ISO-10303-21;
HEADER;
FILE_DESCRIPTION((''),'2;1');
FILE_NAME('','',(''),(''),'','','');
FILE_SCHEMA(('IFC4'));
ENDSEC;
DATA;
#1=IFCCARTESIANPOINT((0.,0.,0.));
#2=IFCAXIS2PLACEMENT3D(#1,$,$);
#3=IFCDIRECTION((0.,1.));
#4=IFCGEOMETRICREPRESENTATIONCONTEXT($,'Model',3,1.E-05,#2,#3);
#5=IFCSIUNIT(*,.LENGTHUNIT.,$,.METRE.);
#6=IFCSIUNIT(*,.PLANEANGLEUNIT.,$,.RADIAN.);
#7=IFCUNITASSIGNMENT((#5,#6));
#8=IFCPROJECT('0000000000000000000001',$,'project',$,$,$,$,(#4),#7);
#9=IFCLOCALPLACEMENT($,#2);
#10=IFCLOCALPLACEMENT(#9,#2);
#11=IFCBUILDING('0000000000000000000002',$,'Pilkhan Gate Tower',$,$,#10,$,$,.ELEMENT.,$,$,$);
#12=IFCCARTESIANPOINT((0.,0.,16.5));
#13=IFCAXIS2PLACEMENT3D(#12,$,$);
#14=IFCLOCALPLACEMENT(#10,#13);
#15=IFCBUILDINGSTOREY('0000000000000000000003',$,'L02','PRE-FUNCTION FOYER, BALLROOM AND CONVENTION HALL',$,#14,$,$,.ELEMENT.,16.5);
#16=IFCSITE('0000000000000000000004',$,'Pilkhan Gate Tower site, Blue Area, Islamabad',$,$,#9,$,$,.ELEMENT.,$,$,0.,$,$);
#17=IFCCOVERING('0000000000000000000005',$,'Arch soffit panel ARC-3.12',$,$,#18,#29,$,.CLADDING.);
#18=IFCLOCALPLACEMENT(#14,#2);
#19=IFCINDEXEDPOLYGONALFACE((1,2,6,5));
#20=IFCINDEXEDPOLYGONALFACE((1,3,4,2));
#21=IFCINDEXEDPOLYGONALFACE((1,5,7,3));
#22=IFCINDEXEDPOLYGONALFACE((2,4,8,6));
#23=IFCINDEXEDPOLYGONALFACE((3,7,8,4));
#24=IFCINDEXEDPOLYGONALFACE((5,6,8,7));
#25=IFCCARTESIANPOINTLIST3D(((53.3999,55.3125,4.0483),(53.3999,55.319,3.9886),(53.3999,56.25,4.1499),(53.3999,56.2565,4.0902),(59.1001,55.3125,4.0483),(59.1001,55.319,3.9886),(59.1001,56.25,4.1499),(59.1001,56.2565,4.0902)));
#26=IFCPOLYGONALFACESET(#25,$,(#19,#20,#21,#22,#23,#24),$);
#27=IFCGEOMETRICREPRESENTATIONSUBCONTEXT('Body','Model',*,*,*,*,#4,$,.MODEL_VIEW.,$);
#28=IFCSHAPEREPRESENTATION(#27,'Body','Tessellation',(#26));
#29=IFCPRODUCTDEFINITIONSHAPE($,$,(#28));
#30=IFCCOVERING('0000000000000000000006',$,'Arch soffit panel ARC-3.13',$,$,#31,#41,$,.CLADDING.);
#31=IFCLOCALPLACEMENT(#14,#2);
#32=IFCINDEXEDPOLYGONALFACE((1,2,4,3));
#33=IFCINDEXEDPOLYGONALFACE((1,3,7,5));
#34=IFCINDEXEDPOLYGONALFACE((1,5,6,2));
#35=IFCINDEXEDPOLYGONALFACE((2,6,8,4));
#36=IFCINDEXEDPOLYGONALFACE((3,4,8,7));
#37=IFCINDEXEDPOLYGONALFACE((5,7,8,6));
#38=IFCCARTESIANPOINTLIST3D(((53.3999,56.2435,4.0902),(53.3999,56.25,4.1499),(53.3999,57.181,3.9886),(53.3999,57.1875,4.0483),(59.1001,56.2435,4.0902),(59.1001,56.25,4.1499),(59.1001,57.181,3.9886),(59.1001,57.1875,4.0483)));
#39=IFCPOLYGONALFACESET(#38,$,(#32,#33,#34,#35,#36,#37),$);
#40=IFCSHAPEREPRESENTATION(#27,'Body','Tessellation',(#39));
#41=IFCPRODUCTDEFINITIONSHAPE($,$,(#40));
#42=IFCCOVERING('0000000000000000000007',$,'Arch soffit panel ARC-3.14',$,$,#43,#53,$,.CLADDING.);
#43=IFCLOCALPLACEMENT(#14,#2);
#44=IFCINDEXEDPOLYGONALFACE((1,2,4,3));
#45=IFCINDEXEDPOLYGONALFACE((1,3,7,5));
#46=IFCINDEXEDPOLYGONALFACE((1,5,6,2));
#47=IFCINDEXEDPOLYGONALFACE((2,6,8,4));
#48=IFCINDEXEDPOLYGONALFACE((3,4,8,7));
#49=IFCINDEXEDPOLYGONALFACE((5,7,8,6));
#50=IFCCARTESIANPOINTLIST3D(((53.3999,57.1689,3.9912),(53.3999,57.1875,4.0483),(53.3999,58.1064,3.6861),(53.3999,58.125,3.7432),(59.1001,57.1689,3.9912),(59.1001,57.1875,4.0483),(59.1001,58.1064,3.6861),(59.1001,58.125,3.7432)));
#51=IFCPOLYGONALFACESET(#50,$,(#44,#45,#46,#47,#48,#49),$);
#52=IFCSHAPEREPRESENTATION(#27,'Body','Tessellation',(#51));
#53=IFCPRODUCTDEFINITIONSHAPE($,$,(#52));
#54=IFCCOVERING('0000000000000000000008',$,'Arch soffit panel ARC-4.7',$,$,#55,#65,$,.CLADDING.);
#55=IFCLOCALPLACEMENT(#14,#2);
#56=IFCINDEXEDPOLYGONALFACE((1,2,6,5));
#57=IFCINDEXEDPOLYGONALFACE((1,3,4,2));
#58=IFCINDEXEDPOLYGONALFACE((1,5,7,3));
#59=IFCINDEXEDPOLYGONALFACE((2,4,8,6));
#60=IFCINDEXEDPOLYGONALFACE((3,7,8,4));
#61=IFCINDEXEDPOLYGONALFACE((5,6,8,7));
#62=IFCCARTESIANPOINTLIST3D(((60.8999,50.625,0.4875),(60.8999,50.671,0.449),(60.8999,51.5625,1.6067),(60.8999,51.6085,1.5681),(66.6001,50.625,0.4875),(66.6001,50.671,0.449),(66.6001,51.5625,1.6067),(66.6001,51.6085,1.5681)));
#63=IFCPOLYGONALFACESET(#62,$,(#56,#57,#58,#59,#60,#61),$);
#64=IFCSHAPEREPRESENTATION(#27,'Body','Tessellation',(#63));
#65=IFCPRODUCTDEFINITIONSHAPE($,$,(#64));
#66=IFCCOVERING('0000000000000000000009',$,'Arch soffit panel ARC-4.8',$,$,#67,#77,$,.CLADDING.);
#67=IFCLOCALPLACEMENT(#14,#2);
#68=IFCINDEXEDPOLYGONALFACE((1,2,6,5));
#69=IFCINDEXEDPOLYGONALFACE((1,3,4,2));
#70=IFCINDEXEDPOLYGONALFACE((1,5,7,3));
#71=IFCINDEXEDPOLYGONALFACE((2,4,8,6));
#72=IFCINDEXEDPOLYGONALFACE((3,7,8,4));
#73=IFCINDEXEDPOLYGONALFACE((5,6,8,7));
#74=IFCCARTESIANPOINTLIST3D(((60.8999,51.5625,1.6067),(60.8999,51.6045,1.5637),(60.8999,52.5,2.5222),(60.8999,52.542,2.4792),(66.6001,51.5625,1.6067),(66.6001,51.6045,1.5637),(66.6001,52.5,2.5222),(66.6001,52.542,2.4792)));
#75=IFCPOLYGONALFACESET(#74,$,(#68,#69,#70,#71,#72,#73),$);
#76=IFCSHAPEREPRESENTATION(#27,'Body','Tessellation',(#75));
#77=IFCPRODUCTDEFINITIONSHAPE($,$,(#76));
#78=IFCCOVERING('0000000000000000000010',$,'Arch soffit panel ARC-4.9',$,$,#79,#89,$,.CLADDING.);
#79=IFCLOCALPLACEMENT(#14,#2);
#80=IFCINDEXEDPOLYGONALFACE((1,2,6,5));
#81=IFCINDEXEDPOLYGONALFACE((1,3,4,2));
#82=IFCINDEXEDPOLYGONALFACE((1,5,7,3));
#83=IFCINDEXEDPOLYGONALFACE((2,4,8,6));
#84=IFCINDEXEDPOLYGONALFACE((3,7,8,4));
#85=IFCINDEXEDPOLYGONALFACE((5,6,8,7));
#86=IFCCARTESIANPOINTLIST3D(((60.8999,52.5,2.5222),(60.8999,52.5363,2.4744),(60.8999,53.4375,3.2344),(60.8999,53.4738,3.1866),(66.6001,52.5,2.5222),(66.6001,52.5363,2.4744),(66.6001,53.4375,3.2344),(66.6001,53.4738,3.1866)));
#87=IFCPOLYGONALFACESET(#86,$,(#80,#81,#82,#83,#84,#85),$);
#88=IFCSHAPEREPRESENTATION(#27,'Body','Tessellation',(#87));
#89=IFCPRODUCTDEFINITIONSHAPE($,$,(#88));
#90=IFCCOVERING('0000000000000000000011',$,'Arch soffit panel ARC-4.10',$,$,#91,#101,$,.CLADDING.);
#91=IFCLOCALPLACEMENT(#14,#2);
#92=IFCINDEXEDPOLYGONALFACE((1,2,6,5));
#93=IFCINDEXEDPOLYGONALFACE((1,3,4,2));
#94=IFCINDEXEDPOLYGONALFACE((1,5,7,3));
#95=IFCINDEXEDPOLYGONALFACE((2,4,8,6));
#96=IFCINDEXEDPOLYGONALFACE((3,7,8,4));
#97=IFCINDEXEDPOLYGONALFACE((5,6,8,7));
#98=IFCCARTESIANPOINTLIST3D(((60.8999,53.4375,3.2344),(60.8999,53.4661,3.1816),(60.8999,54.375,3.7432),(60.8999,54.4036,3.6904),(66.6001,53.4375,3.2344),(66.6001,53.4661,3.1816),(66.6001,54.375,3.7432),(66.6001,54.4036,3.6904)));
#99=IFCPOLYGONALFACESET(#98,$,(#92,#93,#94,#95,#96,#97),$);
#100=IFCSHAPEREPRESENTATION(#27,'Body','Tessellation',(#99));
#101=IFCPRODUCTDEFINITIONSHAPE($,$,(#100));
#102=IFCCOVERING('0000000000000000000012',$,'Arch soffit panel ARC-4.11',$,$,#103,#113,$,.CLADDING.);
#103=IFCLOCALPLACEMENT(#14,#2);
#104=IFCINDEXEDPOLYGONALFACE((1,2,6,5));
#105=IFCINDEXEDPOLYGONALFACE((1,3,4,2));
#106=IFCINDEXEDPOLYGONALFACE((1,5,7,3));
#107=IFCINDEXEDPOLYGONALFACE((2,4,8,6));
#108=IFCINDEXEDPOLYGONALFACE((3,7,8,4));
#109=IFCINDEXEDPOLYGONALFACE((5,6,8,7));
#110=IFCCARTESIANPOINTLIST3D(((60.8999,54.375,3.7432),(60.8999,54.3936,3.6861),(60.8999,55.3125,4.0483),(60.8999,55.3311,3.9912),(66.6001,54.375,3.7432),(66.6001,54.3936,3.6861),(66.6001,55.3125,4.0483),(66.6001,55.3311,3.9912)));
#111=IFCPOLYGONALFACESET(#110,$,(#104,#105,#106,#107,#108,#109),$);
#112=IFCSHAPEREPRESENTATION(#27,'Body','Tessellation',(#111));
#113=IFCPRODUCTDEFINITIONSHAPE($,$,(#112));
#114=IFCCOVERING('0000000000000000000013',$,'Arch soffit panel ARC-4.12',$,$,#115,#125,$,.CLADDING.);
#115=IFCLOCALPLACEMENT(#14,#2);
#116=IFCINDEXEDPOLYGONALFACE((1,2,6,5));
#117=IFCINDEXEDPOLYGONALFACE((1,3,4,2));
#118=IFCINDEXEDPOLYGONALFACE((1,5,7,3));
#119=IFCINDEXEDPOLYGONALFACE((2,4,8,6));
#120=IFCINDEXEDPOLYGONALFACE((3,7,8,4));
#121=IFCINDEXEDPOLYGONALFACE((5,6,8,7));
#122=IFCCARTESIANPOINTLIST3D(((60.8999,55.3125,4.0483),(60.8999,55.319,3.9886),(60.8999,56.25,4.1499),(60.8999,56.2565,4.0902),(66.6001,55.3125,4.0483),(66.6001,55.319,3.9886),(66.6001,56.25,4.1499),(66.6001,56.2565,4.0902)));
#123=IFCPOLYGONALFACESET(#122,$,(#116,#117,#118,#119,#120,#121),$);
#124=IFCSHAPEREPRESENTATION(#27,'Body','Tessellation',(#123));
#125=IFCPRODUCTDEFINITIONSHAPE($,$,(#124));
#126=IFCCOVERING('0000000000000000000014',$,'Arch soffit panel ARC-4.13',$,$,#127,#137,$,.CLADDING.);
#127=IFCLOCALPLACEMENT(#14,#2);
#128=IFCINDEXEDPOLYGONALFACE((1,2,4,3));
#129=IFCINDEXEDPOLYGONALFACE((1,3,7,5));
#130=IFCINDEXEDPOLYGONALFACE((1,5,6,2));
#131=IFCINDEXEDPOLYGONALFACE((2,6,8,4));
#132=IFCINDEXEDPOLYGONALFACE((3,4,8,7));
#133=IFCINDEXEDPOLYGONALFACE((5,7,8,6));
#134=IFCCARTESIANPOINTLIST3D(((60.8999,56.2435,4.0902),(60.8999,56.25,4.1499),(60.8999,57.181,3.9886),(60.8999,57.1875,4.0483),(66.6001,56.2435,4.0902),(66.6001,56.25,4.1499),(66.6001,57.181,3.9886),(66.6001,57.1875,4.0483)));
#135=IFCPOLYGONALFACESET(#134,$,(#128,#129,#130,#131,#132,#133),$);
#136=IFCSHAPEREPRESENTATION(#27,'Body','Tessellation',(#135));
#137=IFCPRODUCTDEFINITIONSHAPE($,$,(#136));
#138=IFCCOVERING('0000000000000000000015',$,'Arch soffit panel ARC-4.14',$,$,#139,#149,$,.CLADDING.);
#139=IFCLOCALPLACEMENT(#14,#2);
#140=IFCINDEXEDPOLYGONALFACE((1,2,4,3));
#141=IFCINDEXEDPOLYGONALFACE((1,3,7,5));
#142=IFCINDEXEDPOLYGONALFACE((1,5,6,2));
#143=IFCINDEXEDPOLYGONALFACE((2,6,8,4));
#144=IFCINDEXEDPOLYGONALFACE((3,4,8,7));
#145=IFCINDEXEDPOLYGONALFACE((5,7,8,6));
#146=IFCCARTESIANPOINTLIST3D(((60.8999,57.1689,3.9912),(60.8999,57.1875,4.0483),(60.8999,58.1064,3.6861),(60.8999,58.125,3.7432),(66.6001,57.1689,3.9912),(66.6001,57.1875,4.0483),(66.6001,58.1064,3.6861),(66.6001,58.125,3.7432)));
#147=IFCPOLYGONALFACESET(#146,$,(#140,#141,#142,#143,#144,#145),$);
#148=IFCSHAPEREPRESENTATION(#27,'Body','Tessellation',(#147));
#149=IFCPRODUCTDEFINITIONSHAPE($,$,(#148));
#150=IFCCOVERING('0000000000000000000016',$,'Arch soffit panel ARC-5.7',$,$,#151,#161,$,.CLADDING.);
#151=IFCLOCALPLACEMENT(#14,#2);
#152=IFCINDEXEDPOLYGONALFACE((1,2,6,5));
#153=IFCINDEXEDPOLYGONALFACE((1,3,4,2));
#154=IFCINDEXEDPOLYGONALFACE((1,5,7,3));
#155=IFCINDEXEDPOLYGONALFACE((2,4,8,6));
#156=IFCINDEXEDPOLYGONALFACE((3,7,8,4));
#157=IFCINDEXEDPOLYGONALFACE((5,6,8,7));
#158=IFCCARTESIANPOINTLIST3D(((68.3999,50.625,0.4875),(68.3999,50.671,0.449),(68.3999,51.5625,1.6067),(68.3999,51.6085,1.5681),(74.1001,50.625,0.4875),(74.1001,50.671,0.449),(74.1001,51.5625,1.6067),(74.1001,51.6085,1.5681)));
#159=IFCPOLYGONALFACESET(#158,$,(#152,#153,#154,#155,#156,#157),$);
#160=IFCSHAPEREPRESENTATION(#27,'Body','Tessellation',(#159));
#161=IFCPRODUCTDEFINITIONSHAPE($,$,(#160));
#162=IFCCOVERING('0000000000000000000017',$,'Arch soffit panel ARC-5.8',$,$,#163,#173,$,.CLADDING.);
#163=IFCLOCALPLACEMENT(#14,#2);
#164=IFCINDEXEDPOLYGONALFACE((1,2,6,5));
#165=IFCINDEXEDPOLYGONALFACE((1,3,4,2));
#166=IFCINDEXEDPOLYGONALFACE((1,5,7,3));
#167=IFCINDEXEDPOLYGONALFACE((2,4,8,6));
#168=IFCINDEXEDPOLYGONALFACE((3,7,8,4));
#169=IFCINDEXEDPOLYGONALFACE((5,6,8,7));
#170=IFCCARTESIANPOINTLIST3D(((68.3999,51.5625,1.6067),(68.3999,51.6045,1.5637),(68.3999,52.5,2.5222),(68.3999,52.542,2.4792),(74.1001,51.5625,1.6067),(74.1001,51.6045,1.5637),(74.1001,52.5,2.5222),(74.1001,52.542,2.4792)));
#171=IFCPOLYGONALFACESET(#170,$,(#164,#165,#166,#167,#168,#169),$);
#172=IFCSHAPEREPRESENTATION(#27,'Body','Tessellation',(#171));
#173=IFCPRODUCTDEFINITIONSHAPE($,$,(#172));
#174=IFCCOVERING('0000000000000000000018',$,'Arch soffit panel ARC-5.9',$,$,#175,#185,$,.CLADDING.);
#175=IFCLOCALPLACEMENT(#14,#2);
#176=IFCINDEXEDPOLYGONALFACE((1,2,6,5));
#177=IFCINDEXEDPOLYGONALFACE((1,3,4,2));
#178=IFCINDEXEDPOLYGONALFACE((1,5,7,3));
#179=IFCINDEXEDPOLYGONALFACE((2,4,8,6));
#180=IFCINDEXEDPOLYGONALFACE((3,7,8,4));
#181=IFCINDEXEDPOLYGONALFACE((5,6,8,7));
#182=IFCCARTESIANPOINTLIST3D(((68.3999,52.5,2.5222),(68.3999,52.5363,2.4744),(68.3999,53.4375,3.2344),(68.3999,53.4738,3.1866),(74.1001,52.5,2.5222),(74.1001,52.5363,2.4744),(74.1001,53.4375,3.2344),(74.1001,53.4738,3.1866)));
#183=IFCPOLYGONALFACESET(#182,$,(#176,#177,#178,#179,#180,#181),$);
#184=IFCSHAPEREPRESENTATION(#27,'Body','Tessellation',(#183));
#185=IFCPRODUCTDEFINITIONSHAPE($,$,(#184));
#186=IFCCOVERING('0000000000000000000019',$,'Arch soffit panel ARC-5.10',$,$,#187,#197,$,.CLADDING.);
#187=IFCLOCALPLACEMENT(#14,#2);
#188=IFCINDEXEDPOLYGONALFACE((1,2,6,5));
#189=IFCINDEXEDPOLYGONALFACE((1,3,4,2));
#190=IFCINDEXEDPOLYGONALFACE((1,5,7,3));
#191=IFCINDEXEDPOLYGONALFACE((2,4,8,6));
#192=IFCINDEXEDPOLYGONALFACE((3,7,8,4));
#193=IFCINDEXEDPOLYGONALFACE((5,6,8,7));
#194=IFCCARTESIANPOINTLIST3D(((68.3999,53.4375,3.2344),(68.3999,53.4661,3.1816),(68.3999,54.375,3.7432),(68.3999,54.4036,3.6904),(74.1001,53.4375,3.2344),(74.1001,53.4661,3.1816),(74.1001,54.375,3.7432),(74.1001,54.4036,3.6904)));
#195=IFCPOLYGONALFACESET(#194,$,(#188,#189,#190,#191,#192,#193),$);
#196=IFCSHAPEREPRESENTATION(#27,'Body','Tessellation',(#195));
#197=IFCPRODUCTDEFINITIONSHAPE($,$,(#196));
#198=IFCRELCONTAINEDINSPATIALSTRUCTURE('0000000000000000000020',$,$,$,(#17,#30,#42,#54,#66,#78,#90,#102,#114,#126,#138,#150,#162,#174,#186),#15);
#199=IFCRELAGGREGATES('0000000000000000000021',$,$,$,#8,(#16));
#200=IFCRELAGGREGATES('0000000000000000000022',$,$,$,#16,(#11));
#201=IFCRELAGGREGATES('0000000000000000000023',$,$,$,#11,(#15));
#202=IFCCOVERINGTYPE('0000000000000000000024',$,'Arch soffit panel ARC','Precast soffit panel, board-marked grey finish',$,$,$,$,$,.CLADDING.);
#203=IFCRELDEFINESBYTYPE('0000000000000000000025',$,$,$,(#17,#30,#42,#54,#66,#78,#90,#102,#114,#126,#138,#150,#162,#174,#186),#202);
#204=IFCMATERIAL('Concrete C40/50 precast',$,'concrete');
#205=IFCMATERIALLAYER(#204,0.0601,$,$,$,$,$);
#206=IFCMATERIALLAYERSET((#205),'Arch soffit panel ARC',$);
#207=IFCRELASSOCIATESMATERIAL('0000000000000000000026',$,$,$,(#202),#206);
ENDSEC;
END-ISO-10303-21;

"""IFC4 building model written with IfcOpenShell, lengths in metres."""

from ifc_helpers import new_model, si_unit, direction, frame, origin, place, context, subcontext, project, spatial, polyline, outline, extrude, material, layer, layer_set, type_object, element, save


model = new_model("IFC4")

# Units and contexts
model_context = context("Model", 3, precision=1e-05, world=origin(), true_north=direction((0.0, 1.0)))
body_context = subcontext(model_context, "Body", "Model", "MODEL_VIEW")
ifc_project = project(units=[si_unit("LENGTHUNIT", "METRE"), si_unit("PLANEANGLEUNIT", "RADIAN")], contexts=[model_context])

# Site, building, storey
site_placement = place(None, origin())
site = spatial("IfcSite", under=ifc_project, at=site_placement, Name="Pilkhan Gate Tower site, Blue Area, Islamabad", CompositionType="ELEMENT", RefElevation=0.0)
building_placement = place(site_placement, origin())
building = spatial("IfcBuilding", under=site, at=building_placement, Name="Pilkhan Gate Tower", CompositionType="ELEMENT")
storey_placement = place(building_placement, frame((0.0, 0.0, 16.5)))
storey = spatial("IfcBuildingStorey", under=building, at=storey_placement, Name="L02", Description="PRE-FUNCTION FOYER, BALLROOM AND CONVENTION HALL", CompositionType="ELEMENT", Elevation=16.5)

# Coverings
ifc_material = material(Name="Concrete C40/50 precast", Category="concrete")
ifc_layer = layer(ifc_material, 0.0601)
ifc_layer_set = layer_set([ifc_layer], Name="Arch soffit panel ARC")
covering_type = type_object("IfcCoveringType", Name="Arch soffit panel ARC", Description="Precast soffit panel, board-marked grey finish", PredefinedType="CLADDING", material=ifc_layer_set)
for number, where, z_axis, x_axis, name in (
    (1, (53.3999, 55.3125, 4.0483), (0.0, -0.107703, 0.994183), (1.0, 0.0, 0.0), "Arch soffit panel ARC-3.12"),
    (2, (53.3999, 56.25, 4.1499), (0.0, 0.107703, 0.994183), (1.0, 0.0, 0.0), "Arch soffit panel ARC-3.13"),
):
    element("IfcCovering", number, at=place(storey_placement, frame(where, z_axis=z_axis, x_axis=x_axis)), inside=storey, type_object=covering_type, Name=name, PredefinedType="CLADDING", context=body_context, shape_type="SweptSolid", body=[
        extrude(outline(polyline([(0.0, 0.0), (5.7002, 0.0), (5.7002, 0.943), (0.0, 0.943), (0.0, 0.0)])), origin(), (0.0, 0.0, -1.0), 0.0601),
    ])
covering_1_placement = place(storey_placement, frame((53.3999, 57.1875, 4.0483), z_axis=(0.0, 0.309534, 0.950888), x_axis=(1.0, 0.0, 0.0)))
element("IfcCovering", 3, at=covering_1_placement, inside=storey, type_object=covering_type, Name="Arch soffit panel ARC-3.14", PredefinedType="CLADDING", context=body_context, shape_type="SweptSolid", body=[
    extrude(outline(polyline([(0.0, 0.0), (5.7002, 0.0), (5.7002, 0.9859), (0.0, 0.9859), (0.0, 0.0)])), origin(), (0.0, 0.0, -1.0), 0.0601),
])
covering_2_placement = place(storey_placement, frame((60.8999, 50.625, 0.4875), z_axis=(0.0, -0.766574, 0.642156), x_axis=(1.0, 0.0, 0.0)))
element("IfcCovering", 4, at=covering_2_placement, inside=storey, type_object=covering_type, Name="Arch soffit panel ARC-4.7", PredefinedType="CLADDING", context=body_context, shape_type="SweptSolid", body=[
    extrude(outline(polyline([(0.0, 0.0), (5.7002, 0.0), (5.7002, 1.4599), (0.0, 1.4599), (0.0, 0.0)])), origin(), (0.0, 0.0, -1.0), 0.0601),
])
covering_3_placement = place(storey_placement, frame((60.8999, 51.5625, 1.6067), z_axis=(0.0, -0.698673, 0.715441), x_axis=(1.0, 0.0, 0.0)))
element("IfcCovering", 5, at=covering_3_placement, inside=storey, type_object=covering_type, Name="Arch soffit panel ARC-4.8", PredefinedType="CLADDING", context=body_context, shape_type="SweptSolid", body=[
    extrude(outline(polyline([(0.0, 0.0), (5.7002, 0.0), (5.7002, 1.3104), (0.0, 1.3104), (0.0, 0.0)])), origin(), (0.0, 0.0, -1.0), 0.0601),
])
covering_4_placement = place(storey_placement, frame((60.8999, 52.5, 2.5222), z_axis=(0.0, -0.604899, 0.796302), x_axis=(1.0, 0.0, 0.0)))
element("IfcCovering", 6, at=covering_4_placement, inside=storey, type_object=covering_type, Name="Arch soffit panel ARC-4.9", PredefinedType="CLADDING", context=body_context, shape_type="SweptSolid", body=[
    extrude(outline(polyline([(0.0, 0.0), (5.7002, 0.0), (5.7002, 1.1773), (0.0, 1.1773), (0.0, 0.0)])), origin(), (0.0, 0.0, -1.0), 0.0601),
])
covering_5_placement = place(storey_placement, frame((60.8999, 53.4375, 3.2344), z_axis=(0.0, -0.476991, 0.878908), x_axis=(1.0, 0.0, 0.0)))
element("IfcCovering", 7, at=covering_5_placement, inside=storey, type_object=covering_type, Name="Arch soffit panel ARC-4.10", PredefinedType="CLADDING", context=body_context, shape_type="SweptSolid", body=[
    extrude(outline(polyline([(0.0, 0.0), (5.7002, 0.0), (5.7002, 1.0667), (0.0, 1.0667), (0.0, 0.0)])), origin(), (0.0, 0.0, -1.0), 0.0601),
])
covering_6_placement = place(storey_placement, frame((60.8999, 54.375, 3.7432), z_axis=(0.0, -0.309534, 0.950888), x_axis=(1.0, 0.0, 0.0)))
element("IfcCovering", 8, at=covering_6_placement, inside=storey, type_object=covering_type, Name="Arch soffit panel ARC-4.11", PredefinedType="CLADDING", context=body_context, shape_type="SweptSolid", body=[
    extrude(outline(polyline([(0.0, 0.0), (5.7002, 0.0), (5.7002, 0.9859), (0.0, 0.9859), (0.0, 0.0)])), origin(), (0.0, 0.0, -1.0), 0.0601),
])
for number, where, z_axis, x_axis, name in (
    (9, (60.8999, 55.3125, 4.0483), (0.0, -0.107703, 0.994183), (1.0, 0.0, 0.0), "Arch soffit panel ARC-4.12"),
    (10, (60.8999, 56.25, 4.1499), (0.0, 0.107703, 0.994183), (1.0, 0.0, 0.0), "Arch soffit panel ARC-4.13"),
):
    element("IfcCovering", number, at=place(storey_placement, frame(where, z_axis=z_axis, x_axis=x_axis)), inside=storey, type_object=covering_type, Name=name, PredefinedType="CLADDING", context=body_context, shape_type="SweptSolid", body=[
        extrude(outline(polyline([(0.0, 0.0), (5.7002, 0.0), (5.7002, 0.943), (0.0, 0.943), (0.0, 0.0)])), origin(), (0.0, 0.0, -1.0), 0.0601),
    ])
covering_7_placement = place(storey_placement, frame((60.8999, 57.1875, 4.0483), z_axis=(0.0, 0.309534, 0.950888), x_axis=(1.0, 0.0, 0.0)))
element("IfcCovering", 11, at=covering_7_placement, inside=storey, type_object=covering_type, Name="Arch soffit panel ARC-4.14", PredefinedType="CLADDING", context=body_context, shape_type="SweptSolid", body=[
    extrude(outline(polyline([(0.0, 0.0), (5.7002, 0.0), (5.7002, 0.9859), (0.0, 0.9859), (0.0, 0.0)])), origin(), (0.0, 0.0, -1.0), 0.0601),
])
covering_8_placement = place(storey_placement, frame((68.3999, 50.625, 0.4875), z_axis=(0.0, -0.766574, 0.642156), x_axis=(1.0, 0.0, 0.0)))
element("IfcCovering", 12, at=covering_8_placement, inside=storey, type_object=covering_type, Name="Arch soffit panel ARC-5.7", PredefinedType="CLADDING", context=body_context, shape_type="SweptSolid", body=[
    extrude(outline(polyline([(0.0, 0.0), (5.7002, 0.0), (5.7002, 1.4599), (0.0, 1.4599), (0.0, 0.0)])), origin(), (0.0, 0.0, -1.0), 0.0601),
])
covering_9_placement = place(storey_placement, frame((68.3999, 51.5625, 1.6067), z_axis=(0.0, -0.698673, 0.715441), x_axis=(1.0, 0.0, 0.0)))
element("IfcCovering", 13, at=covering_9_placement, inside=storey, type_object=covering_type, Name="Arch soffit panel ARC-5.8", PredefinedType="CLADDING", context=body_context, shape_type="SweptSolid", body=[
    extrude(outline(polyline([(0.0, 0.0), (5.7002, 0.0), (5.7002, 1.3104), (0.0, 1.3104), (0.0, 0.0)])), origin(), (0.0, 0.0, -1.0), 0.0601),
])
covering_10_placement = place(storey_placement, frame((68.3999, 52.5, 2.5222), z_axis=(0.0, -0.604899, 0.796302), x_axis=(1.0, 0.0, 0.0)))
element("IfcCovering", 14, at=covering_10_placement, inside=storey, type_object=covering_type, Name="Arch soffit panel ARC-5.9", PredefinedType="CLADDING", context=body_context, shape_type="SweptSolid", body=[
    extrude(outline(polyline([(0.0, 0.0), (5.7002, 0.0), (5.7002, 1.1773), (0.0, 1.1773), (0.0, 0.0)])), origin(), (0.0, 0.0, -1.0), 0.0601),
])
covering_11_placement = place(storey_placement, frame((68.3999, 53.4375, 3.2344), z_axis=(0.0, -0.476991, 0.878908), x_axis=(1.0, 0.0, 0.0)))
element("IfcCovering", 15, at=covering_11_placement, inside=storey, type_object=covering_type, Name="Arch soffit panel ARC-5.10", PredefinedType="CLADDING", context=body_context, shape_type="SweptSolid", body=[
    extrude(outline(polyline([(0.0, 0.0), (5.7002, 0.0), (5.7002, 1.0667), (0.0, 1.0667), (0.0, 0.0)])), origin(), (0.0, 0.0, -1.0), 0.0601),
])

save(model, "model.ifc")
